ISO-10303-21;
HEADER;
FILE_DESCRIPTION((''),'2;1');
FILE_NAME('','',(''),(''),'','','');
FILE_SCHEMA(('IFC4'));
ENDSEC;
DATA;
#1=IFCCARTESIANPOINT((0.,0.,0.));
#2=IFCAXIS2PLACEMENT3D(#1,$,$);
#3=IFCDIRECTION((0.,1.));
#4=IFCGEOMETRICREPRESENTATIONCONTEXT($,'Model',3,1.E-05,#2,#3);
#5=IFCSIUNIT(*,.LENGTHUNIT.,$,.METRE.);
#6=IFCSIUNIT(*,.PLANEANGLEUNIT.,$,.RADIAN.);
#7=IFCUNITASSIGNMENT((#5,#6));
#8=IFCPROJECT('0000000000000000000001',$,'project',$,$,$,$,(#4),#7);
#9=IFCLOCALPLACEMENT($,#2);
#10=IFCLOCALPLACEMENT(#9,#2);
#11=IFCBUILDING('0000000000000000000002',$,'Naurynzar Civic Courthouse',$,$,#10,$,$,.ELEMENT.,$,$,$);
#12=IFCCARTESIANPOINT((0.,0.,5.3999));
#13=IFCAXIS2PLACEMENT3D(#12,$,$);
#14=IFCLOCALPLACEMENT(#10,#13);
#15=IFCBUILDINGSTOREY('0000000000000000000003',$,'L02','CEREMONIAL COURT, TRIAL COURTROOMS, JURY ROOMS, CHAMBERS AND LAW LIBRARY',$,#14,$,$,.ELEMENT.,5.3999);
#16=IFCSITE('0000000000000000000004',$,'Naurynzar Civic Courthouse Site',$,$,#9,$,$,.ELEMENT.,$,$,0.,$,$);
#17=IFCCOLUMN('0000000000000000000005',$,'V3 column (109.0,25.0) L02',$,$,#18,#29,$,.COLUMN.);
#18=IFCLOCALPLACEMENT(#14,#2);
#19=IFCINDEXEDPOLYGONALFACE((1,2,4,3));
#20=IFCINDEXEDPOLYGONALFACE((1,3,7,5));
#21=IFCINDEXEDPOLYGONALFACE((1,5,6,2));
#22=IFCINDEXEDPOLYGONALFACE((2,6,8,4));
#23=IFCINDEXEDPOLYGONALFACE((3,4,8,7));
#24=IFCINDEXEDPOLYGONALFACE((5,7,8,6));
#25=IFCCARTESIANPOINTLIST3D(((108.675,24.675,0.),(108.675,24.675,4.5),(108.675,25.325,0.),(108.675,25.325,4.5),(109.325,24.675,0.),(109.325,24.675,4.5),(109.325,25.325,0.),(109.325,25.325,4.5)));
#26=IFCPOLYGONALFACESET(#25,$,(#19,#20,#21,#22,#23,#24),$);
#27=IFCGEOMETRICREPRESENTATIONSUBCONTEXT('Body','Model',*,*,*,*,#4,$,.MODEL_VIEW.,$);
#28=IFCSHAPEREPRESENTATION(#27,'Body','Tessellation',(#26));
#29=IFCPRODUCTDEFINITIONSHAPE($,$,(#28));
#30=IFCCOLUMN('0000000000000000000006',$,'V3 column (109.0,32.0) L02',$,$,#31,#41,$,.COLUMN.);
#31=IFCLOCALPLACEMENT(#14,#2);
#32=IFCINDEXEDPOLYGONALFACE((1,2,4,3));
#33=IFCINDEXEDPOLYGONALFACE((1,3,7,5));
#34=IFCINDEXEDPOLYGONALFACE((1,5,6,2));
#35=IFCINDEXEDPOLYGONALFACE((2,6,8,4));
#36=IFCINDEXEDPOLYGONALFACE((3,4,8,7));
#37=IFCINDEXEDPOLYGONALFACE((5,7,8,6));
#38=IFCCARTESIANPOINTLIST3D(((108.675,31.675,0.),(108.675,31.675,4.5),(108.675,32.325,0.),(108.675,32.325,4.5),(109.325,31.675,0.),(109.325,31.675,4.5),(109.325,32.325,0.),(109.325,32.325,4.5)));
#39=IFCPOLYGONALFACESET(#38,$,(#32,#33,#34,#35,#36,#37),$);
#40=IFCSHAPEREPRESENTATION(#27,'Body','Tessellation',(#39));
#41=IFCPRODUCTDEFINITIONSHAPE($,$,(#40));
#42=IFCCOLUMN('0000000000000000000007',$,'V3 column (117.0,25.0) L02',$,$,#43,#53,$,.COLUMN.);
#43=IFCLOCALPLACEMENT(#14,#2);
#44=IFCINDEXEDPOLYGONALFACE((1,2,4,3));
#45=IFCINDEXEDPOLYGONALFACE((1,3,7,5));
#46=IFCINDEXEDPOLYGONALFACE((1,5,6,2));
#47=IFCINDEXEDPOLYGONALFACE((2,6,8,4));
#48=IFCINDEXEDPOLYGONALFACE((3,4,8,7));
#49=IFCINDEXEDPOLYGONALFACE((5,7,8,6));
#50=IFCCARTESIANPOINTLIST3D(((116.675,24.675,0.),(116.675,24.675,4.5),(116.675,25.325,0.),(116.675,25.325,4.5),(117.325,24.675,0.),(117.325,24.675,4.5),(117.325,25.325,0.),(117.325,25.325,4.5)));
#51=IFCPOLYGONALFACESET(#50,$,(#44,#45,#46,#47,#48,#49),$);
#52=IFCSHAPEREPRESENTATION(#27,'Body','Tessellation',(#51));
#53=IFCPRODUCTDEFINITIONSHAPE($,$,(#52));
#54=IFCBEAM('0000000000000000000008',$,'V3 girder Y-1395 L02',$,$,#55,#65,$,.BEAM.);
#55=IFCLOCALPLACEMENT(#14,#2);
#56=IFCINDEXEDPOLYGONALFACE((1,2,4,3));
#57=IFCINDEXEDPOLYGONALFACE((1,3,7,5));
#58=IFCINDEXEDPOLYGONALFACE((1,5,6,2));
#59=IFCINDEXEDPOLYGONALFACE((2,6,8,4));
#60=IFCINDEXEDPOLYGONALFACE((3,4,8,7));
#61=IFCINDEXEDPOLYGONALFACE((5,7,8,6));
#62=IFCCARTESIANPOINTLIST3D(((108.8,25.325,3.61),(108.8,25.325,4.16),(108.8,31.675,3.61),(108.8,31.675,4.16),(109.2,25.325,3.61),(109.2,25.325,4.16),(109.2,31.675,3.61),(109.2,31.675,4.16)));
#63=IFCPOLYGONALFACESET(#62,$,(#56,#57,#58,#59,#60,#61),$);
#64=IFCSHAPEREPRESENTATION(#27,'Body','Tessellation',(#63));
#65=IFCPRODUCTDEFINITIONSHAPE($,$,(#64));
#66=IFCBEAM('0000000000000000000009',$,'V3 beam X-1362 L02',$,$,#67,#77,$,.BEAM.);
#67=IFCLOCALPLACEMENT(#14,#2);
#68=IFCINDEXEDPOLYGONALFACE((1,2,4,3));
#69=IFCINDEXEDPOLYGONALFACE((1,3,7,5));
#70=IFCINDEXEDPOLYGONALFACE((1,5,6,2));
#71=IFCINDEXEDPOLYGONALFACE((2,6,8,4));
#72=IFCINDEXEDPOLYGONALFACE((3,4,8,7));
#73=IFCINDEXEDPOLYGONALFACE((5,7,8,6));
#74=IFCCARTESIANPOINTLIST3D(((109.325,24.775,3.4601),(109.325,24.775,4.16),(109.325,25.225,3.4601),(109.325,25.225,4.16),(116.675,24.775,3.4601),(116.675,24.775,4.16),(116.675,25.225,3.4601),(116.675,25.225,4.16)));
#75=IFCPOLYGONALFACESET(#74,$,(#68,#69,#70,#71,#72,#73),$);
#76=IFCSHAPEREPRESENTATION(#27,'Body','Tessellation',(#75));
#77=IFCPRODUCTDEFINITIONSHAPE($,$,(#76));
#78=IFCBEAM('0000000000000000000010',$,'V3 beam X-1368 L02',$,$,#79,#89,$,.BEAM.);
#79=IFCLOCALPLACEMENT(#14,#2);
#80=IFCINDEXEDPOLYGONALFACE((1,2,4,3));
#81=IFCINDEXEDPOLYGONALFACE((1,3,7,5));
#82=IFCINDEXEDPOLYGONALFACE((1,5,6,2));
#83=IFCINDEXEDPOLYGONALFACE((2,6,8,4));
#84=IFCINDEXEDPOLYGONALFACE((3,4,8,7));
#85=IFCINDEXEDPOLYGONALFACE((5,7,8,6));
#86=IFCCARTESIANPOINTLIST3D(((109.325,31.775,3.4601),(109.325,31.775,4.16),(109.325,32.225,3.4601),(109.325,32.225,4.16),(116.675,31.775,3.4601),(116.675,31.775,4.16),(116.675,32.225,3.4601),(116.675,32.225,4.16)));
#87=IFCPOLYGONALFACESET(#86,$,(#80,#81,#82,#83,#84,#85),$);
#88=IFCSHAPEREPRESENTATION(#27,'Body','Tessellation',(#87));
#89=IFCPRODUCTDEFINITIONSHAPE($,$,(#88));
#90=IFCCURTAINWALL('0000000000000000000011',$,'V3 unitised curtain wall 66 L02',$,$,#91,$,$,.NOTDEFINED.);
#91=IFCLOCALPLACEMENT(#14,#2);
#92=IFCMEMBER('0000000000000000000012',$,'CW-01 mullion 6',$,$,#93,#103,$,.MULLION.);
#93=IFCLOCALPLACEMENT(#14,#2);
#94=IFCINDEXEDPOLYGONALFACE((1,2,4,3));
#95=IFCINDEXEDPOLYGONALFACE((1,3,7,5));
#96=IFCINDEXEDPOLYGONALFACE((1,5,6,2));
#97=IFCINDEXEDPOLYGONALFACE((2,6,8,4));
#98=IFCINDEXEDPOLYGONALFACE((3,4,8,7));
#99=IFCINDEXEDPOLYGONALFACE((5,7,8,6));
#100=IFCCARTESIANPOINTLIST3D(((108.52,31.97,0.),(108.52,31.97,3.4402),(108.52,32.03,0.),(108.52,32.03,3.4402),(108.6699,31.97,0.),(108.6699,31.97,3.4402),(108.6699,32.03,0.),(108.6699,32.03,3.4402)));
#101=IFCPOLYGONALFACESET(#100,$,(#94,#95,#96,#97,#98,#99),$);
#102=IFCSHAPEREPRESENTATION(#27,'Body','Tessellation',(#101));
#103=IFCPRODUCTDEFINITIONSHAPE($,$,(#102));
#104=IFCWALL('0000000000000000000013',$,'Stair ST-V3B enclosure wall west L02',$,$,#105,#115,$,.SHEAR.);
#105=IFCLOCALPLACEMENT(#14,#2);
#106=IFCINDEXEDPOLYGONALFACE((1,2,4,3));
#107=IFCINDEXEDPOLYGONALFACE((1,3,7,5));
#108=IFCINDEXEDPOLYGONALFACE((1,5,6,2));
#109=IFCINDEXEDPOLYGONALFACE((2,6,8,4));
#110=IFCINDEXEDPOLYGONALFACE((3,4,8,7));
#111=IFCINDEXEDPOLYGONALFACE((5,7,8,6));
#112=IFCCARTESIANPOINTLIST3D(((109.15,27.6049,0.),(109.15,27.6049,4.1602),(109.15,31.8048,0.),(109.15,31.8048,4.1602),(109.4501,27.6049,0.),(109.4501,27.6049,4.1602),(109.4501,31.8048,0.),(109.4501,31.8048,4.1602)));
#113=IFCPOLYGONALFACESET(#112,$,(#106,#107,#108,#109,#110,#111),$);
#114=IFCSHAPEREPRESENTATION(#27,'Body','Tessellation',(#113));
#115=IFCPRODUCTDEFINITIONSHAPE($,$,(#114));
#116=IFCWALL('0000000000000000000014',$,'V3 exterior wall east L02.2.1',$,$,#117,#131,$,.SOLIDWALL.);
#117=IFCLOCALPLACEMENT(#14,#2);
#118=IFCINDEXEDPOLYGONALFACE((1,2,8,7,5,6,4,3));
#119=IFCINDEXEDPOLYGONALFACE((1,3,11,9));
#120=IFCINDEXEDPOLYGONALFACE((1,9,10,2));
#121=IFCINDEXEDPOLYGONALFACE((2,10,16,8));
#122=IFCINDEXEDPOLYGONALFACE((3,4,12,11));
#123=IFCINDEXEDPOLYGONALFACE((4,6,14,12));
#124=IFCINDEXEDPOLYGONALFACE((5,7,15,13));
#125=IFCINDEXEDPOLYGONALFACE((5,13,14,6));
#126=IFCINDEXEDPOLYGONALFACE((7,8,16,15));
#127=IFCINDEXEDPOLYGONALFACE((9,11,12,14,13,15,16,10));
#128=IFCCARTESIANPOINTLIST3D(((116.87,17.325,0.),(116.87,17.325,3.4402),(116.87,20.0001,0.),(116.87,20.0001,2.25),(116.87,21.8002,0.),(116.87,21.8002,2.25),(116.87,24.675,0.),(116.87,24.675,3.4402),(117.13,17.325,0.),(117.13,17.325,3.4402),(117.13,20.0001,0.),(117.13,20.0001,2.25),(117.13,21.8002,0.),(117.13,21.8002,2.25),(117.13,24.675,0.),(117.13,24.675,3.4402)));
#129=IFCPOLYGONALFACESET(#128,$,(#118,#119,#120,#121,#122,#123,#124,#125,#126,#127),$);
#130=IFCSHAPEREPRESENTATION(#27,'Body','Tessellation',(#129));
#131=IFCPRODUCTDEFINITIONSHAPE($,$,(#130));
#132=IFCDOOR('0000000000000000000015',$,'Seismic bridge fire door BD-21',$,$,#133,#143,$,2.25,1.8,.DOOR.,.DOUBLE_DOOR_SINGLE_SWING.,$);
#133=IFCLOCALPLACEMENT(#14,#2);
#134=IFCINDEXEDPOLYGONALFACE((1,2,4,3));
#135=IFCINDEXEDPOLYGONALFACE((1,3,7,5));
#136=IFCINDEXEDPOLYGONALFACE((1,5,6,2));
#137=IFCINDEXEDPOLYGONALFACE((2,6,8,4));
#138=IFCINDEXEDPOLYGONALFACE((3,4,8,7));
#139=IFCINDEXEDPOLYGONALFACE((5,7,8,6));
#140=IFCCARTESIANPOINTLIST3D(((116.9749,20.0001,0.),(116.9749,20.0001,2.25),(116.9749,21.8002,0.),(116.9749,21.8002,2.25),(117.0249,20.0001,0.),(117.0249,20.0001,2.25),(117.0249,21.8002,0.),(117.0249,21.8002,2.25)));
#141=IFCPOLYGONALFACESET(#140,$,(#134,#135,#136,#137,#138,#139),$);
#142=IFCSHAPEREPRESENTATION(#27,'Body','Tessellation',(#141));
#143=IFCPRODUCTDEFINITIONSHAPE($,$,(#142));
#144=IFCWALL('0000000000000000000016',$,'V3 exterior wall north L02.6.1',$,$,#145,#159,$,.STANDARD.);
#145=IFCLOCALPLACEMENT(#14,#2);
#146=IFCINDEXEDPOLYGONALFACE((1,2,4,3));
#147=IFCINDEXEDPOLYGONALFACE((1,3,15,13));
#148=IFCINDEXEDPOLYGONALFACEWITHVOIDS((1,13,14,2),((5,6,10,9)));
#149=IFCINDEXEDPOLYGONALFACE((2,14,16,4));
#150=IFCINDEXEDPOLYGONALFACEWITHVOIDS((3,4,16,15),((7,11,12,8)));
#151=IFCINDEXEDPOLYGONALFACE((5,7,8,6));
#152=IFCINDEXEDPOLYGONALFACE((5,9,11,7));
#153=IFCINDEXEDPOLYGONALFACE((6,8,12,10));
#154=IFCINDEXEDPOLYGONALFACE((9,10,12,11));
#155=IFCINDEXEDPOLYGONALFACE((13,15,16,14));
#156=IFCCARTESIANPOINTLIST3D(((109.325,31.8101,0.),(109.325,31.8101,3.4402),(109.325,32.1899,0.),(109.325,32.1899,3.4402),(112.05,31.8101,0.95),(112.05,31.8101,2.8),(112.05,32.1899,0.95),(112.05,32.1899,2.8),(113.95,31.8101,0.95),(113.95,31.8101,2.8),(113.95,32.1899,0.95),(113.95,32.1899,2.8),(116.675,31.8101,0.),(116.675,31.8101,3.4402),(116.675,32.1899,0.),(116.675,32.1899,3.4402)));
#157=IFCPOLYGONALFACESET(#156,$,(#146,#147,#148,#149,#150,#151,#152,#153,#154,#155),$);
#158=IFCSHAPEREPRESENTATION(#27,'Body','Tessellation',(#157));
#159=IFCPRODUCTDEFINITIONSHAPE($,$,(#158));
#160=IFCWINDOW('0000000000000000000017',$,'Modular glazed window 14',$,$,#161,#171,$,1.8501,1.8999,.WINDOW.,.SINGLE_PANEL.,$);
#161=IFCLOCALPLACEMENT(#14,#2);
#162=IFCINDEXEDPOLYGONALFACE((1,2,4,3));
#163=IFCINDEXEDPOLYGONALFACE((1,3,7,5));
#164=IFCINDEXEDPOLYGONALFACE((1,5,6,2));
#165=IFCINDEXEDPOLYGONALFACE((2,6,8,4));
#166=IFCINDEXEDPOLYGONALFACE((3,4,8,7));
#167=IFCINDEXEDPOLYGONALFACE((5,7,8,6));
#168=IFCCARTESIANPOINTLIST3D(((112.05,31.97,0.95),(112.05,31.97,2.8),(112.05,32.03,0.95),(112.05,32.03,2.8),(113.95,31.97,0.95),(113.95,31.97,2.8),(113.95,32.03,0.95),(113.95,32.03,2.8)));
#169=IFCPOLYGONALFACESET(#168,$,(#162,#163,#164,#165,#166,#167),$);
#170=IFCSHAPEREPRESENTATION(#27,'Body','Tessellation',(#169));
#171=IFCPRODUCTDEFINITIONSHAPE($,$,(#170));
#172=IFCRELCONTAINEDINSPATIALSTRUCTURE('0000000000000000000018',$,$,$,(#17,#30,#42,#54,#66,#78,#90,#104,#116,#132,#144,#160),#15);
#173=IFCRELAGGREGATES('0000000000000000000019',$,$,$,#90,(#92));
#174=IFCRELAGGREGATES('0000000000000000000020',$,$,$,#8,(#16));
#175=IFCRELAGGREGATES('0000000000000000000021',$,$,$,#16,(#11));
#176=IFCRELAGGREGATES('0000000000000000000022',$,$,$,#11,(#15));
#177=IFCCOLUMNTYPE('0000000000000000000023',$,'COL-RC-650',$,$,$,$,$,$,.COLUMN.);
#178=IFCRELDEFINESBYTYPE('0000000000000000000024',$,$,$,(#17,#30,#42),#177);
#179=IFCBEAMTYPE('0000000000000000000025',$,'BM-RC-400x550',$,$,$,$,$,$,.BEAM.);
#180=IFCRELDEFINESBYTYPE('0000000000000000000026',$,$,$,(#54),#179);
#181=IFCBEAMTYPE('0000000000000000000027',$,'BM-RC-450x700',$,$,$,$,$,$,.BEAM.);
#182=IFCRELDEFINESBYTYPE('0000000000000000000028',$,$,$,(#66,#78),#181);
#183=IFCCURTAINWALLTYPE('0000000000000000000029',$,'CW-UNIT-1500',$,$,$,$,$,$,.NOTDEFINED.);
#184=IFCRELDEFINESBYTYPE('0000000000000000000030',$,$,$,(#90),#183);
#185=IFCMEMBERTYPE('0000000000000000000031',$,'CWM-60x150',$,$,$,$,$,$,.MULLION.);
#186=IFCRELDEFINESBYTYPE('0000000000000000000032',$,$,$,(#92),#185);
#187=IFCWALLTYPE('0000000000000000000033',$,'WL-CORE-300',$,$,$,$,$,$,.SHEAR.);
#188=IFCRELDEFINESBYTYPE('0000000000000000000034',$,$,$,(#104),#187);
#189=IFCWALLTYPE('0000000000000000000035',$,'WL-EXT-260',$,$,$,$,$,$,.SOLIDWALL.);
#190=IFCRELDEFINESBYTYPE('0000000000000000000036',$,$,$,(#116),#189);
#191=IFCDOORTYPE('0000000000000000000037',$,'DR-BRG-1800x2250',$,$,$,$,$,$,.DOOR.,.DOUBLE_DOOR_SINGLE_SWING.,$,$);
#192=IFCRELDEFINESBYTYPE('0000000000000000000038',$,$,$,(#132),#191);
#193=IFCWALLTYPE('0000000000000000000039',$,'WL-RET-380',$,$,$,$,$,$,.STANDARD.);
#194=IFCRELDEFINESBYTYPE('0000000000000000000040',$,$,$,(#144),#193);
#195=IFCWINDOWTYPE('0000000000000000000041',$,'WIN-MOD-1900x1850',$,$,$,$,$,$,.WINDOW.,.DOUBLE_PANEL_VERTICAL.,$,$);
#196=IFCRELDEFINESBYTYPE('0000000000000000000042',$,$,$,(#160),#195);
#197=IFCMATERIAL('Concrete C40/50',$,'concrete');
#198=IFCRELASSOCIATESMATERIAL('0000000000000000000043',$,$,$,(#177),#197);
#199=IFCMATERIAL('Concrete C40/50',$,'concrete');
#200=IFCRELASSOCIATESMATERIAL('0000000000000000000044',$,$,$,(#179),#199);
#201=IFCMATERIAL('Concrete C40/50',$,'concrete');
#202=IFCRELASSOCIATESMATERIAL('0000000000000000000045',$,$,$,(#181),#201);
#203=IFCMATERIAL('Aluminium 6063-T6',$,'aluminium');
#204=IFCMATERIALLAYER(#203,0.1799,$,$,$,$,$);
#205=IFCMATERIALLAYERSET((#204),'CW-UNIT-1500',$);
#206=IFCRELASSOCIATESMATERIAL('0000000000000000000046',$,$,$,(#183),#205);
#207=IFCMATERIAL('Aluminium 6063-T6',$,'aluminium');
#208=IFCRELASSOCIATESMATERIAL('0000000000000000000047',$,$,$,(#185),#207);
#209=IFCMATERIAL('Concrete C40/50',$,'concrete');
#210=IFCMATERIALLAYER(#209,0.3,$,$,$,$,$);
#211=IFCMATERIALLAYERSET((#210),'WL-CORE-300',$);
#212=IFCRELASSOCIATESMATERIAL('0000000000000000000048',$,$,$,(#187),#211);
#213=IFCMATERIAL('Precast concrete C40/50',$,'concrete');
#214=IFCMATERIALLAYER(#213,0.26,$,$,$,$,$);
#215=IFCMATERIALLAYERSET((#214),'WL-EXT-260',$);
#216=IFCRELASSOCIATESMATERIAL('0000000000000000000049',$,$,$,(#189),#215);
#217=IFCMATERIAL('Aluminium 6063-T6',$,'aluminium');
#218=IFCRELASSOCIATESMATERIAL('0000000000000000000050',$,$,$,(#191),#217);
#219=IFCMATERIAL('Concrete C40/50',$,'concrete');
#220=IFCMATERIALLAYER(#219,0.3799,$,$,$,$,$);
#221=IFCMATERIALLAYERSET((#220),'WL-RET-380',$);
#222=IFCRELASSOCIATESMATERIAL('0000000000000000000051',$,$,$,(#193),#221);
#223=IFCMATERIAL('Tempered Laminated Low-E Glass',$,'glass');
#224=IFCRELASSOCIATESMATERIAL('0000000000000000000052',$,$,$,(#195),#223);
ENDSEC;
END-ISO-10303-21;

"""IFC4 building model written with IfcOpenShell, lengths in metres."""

from ifc_helpers import new_model, si_unit, direction, frame, frame_2d, origin, origin_2d, place, context, subcontext, project, spatial, rectangle, extrude, material, layer, layer_set, material_profile, profile_set, type_object, element, fill, aggregate, save


model = new_model("IFC4")

# Units and contexts
model_context = context("Model", 3, precision=1e-05, world=origin(), true_north=direction((0.0, 1.0)))
body_context = subcontext(model_context, "Body", "Model", "MODEL_VIEW")
ifc_project = project(units=[si_unit("LENGTHUNIT", "METRE"), si_unit("PLANEANGLEUNIT", "RADIAN")], contexts=[model_context])

# Site, building, storey
site_placement = place(None, origin())
site = spatial("IfcSite", under=ifc_project, at=site_placement, Name="Naurynzar Civic Courthouse Site", CompositionType="ELEMENT", RefElevation=0.0)
building_placement = place(site_placement, origin())
building = spatial("IfcBuilding", under=site, at=building_placement, Name="Naurynzar Civic Courthouse", CompositionType="ELEMENT")
storey_placement = place(building_placement, frame((0.0, 0.0, 5.3999)))
storey = spatial("IfcBuildingStorey", under=building, at=storey_placement, Name="L02", Description="CEREMONIAL COURT, TRIAL COURTROOMS, JURY ROOMS, CHAMBERS AND LAW LIBRARY", CompositionType="ELEMENT", Elevation=5.3999)

# Columns
ifc_material_1 = material(Name="Concrete C40/50", Category="concrete")
ifc_material_profile_1 = material_profile(ifc_material_1, rectangle(XDim=0.6499, YDim=0.6499, at=origin_2d()), Name="RC 650x650")
ifc_profile_set_1 = profile_set([ifc_material_profile_1], Name="Concrete C40/50")
column_type = type_object("IfcColumnType", Name="COL-RC-650", PredefinedType="COLUMN", material=ifc_profile_set_1)
for number, where, z_axis, x_axis, name in (
    (1, (109.0, 25.0, 0.0), (0.0, 0.0, 1.0), (1.0, 0.0, 0.0), "V3 column (109.0,25.0) L02"),
    (2, (109.0, 32.0, 0.0), (0.0, 0.0, 1.0), (1.0, 0.0, 0.0), "V3 column (109.0,32.0) L02"),
    (3, (117.0, 25.0, 0.0), (0.0, 0.0, 1.0), (1.0, 0.0, 0.0), "V3 column (117.0,25.0) L02"),
):
    element("IfcColumn", number, at=place(storey_placement, frame(where, z_axis=z_axis, x_axis=x_axis)), inside=storey, type_object=column_type, Name=name, PredefinedType="COLUMN", context=body_context, shape_type="SweptSolid", body=[
        extrude(rectangle(XDim=0.6499, YDim=0.6499, at=origin_2d()), origin(), (0.0, 0.0, 1.0), 4.5),
    ])

# Beams
ifc_material_2 = material(Name="Concrete C40/50", Category="concrete")
ifc_material_profile_2 = material_profile(ifc_material_2, rectangle(XDim=0.3999, YDim=0.55, at=origin_2d()), Name="RCB 400x550")
ifc_profile_set_2 = profile_set([ifc_material_profile_2], Name="Concrete C40/50")
beam_type_1 = type_object("IfcBeamType", Name="BM-RC-400x550", PredefinedType="BEAM", material=ifc_profile_set_2)
beam_placement = place(storey_placement, frame((109.0, 25.325, 3.885), z_axis=(0.0, 1.0, 0.0), x_axis=(-1.0, 0.0, 0.0)))
element("IfcBeam", 4, at=beam_placement, inside=storey, type_object=beam_type_1, Name="V3 girder Y-1395 L02", PredefinedType="BEAM", context=body_context, shape_type="SweptSolid", body=[
    extrude(rectangle(XDim=0.3999, YDim=0.55, at=origin_2d()), origin(), (0.0, 0.0, 1.0), 6.3501),
])
ifc_material_3 = material(Name="Concrete C40/50", Category="concrete")
ifc_material_profile_3 = material_profile(ifc_material_3, rectangle(XDim=0.45, YDim=0.7, at=origin_2d()), Name="RCB 450x700")
ifc_profile_set_3 = profile_set([ifc_material_profile_3], Name="Concrete C40/50")
beam_type_2 = type_object("IfcBeamType", Name="BM-RC-450x700", PredefinedType="BEAM", material=ifc_profile_set_3)
for number, where, z_axis, x_axis, name in (
    (5, (109.325, 25.0, 3.8101), (1.0, 0.0, 0.0), (0.0, 1.0, 0.0), "V3 beam X-1362 L02"),
    (6, (109.325, 32.0, 3.8101), (1.0, 0.0, 0.0), (0.0, 1.0, 0.0), "V3 beam X-1368 L02"),
):
    element("IfcBeam", number, at=place(storey_placement, frame(where, z_axis=z_axis, x_axis=x_axis)), inside=storey, type_object=beam_type_2, Name=name, PredefinedType="BEAM", context=body_context, shape_type="SweptSolid", body=[
        extrude(rectangle(XDim=0.45, YDim=0.7, at=origin_2d()), origin(), (0.0, 0.0, 1.0), 7.3501),
    ])

# Curtain wall, member
ifc_material_4 = material(Name="Aluminium 6063-T6", Category="aluminium")
ifc_layer_1 = layer(ifc_material_4, 0.1799)
ifc_layer_set_1 = layer_set([ifc_layer_1], Name="CW-UNIT-1500")
curtain_wall_type = type_object("IfcCurtainWallType", Name="CW-UNIT-1500", PredefinedType="NOTDEFINED", material=ifc_layer_set_1)
curtain_wall_placement = place(storey_placement, origin())
curtain_wall = element("IfcCurtainWall", 7, at=curtain_wall_placement, inside=storey, type_object=curtain_wall_type, Name="V3 unitised curtain wall 66 L02", PredefinedType="NOTDEFINED")
ifc_material_5 = material(Name="Aluminium 6063-T6", Category="aluminium")
ifc_material_profile_4 = material_profile(ifc_material_5, rectangle(XDim=0.0601, YDim=0.1499, at=origin_2d()), Name="ALU MULLION 60x150")
ifc_profile_set_4 = profile_set([ifc_material_profile_4], Name="Aluminium 6063-T6")
member_type = type_object("IfcMemberType", Name="CWM-60x150", PredefinedType="MULLION", material=ifc_profile_set_4)
member_placement = place(storey_placement, frame((108.595, 32.0, 0.0), z_axis=(0.0, 0.0, 1.0), x_axis=(0.0, 1.0, 0.0)))
member = element("IfcMember", 8, at=member_placement, type_object=member_type, Name="CW-01 mullion 6", PredefinedType="MULLION", context=body_context, shape_type="SweptSolid", body=[
    extrude(rectangle(XDim=0.0601, YDim=0.1499, at=origin_2d()), origin(), (0.0, 0.0, 1.0), 3.4402),
])
aggregate(curtain_wall, [member])

# Shared definitions
ifc_material_6 = material(Name="Concrete C40/50", Category="concrete")
ifc_layer_2 = layer(ifc_material_6, 0.3)
ifc_layer_set_2 = layer_set([ifc_layer_2], Name="WL-CORE-300")
wall_type_1 = type_object("IfcWallType", Name="WL-CORE-300", PredefinedType="SHEAR", material=ifc_layer_set_2)

# Wall
wall_1_placement = place(storey_placement, frame((109.3, 31.8049, 0.0), z_axis=(0.0, 0.0, 1.0), x_axis=(0.0, -1.0, 0.0)))
element("IfcWall", 9, at=wall_1_placement, inside=storey, type_object=wall_type_1, Name="Stair ST-V3B enclosure wall west L02", PredefinedType="SHEAR", context=body_context, shape_type="SweptSolid", body=[
    extrude(rectangle(XDim=4.2, YDim=0.3, at=frame_2d((2.1001, 0.0))), origin(), (0.0, 0.0, 1.0), 4.1602),
])

# Wall, opening, door
ifc_material_7 = material(Name="Precast concrete C40/50", Category="concrete")
ifc_layer_3 = layer(ifc_material_7, 0.26)
ifc_layer_set_3 = layer_set([ifc_layer_3], Name="WL-EXT-260")
wall_type_2 = type_object("IfcWallType", Name="WL-EXT-260", PredefinedType="SOLIDWALL", material=ifc_layer_set_3)
wall_2_placement = place(storey_placement, frame((117.0, 24.675, 0.0), z_axis=(0.0, 0.0, 1.0), x_axis=(0.0, -1.0, 0.0)))
wall_2 = element("IfcWall", 10, at=wall_2_placement, inside=storey, type_object=wall_type_2, Name="V3 exterior wall east L02.2.1", PredefinedType="SOLIDWALL", context=body_context, shape_type="SweptSolid", body=[
    extrude(rectangle(XDim=7.3501, YDim=0.26, at=frame_2d((3.675, 0.0))), origin(), (0.0, 0.0, 1.0), 3.4402),
])
opening_1_placement = place(wall_2_placement, frame((2.875, 0.0, 0.0)))
opening_1 = element("IfcOpeningElement", 11, at=opening_1_placement, cuts=wall_2, PredefinedType="OPENING", context=body_context, shape_type="SweptSolid", body=[
    extrude(rectangle(XDim=1.8, YDim=2.25, at=frame_2d((0.8999, 1.125))), frame((0.0, 0.1399, 0.0), z_axis=(0.0, -1.0, 0.0), x_axis=(1.0, 0.0, 0.0)), (0.0, 0.0, 1.0), 0.28),
])
ifc_material_8 = material(Name="Aluminium 6063-T6", Category="aluminium")
door_type_1 = type_object("IfcDoorType", Name="DR-BRG-1800x2250", OperationType="DOUBLE_DOOR_SINGLE_SWING", PredefinedType="DOOR", material=ifc_material_8)
door_1_placement = place(opening_1_placement, origin())
door_1 = element("IfcDoor", 12, at=door_1_placement, inside=storey, type_object=door_type_1, Name="Seismic bridge fire door BD-21", OperationType="DOUBLE_DOOR_SINGLE_SWING", OverallHeight=2.25, OverallWidth=1.8, PredefinedType="DOOR", context=body_context, shape_type="SweptSolid", body=[
    extrude(rectangle(XDim=1.8, YDim=2.25, at=frame_2d((0.8999, 1.125))), frame((0.0, 0.0249, 0.0), z_axis=(0.0, -1.0, 0.0), x_axis=(1.0, 0.0, 0.0)), (0.0, 0.0, 1.0), 0.05),
])
fill(opening_1, door_1)

# Wall, opening, window
ifc_material_9 = material(Name="Concrete C40/50", Category="concrete")
ifc_layer_4 = layer(ifc_material_9, 0.3799)
ifc_layer_set_4 = layer_set([ifc_layer_4], Name="WL-RET-380")
wall_type_3 = type_object("IfcWallType", Name="WL-RET-380", PredefinedType="STANDARD", material=ifc_layer_set_4)
wall_3_placement = place(storey_placement, frame((109.325, 32.0, 0.0), z_axis=(0.0, 0.0, 1.0), x_axis=(1.0, 0.0, 0.0)))
wall_3 = element("IfcWall", 13, at=wall_3_placement, inside=storey, type_object=wall_type_3, Name="V3 exterior wall north L02.6.1", PredefinedType="STANDARD", context=body_context, shape_type="SweptSolid", body=[
    extrude(rectangle(XDim=7.3501, YDim=0.3799, at=frame_2d((3.675, 0.0))), origin(), (0.0, 0.0, 1.0), 3.4402),
])
opening_2_placement = place(wall_3_placement, frame((2.7251, 0.0, 0.95)))
opening_2 = element("IfcOpeningElement", 14, at=opening_2_placement, cuts=wall_3, PredefinedType="OPENING", context=body_context, shape_type="SweptSolid", body=[
    extrude(rectangle(XDim=1.8999, YDim=1.8501, at=frame_2d((0.95, 0.925))), frame((0.0, 0.2, 0.0), z_axis=(0.0, -1.0, 0.0), x_axis=(1.0, 0.0, 0.0)), (0.0, 0.0, 1.0), 0.3999),
])
ifc_material_10 = material(Name="Tempered Laminated Low-E Glass", Category="glass")
window_type = type_object("IfcWindowType", Name="WIN-MOD-1900x1850", PartitioningType="DOUBLE_PANEL_VERTICAL", PredefinedType="WINDOW", material=ifc_material_10)
window_placement = place(opening_2_placement, origin())
window = element("IfcWindow", 15, at=window_placement, inside=storey, type_object=window_type, Name="Modular glazed window 14", OverallHeight=1.8501, OverallWidth=1.8999, PartitioningType="SINGLE_PANEL", PredefinedType="WINDOW", context=body_context, shape_type="SweptSolid", body=[
    extrude(rectangle(XDim=1.8999, YDim=1.8501, at=frame_2d((0.95, 0.925))), frame((0.0, 0.03, 0.0), z_axis=(0.0, -1.0, 0.0), x_axis=(1.0, 0.0, 0.0)), (0.0, 0.0, 1.0), 0.0601),
])
fill(opening_2, window)

save(model, "model.ifc")
